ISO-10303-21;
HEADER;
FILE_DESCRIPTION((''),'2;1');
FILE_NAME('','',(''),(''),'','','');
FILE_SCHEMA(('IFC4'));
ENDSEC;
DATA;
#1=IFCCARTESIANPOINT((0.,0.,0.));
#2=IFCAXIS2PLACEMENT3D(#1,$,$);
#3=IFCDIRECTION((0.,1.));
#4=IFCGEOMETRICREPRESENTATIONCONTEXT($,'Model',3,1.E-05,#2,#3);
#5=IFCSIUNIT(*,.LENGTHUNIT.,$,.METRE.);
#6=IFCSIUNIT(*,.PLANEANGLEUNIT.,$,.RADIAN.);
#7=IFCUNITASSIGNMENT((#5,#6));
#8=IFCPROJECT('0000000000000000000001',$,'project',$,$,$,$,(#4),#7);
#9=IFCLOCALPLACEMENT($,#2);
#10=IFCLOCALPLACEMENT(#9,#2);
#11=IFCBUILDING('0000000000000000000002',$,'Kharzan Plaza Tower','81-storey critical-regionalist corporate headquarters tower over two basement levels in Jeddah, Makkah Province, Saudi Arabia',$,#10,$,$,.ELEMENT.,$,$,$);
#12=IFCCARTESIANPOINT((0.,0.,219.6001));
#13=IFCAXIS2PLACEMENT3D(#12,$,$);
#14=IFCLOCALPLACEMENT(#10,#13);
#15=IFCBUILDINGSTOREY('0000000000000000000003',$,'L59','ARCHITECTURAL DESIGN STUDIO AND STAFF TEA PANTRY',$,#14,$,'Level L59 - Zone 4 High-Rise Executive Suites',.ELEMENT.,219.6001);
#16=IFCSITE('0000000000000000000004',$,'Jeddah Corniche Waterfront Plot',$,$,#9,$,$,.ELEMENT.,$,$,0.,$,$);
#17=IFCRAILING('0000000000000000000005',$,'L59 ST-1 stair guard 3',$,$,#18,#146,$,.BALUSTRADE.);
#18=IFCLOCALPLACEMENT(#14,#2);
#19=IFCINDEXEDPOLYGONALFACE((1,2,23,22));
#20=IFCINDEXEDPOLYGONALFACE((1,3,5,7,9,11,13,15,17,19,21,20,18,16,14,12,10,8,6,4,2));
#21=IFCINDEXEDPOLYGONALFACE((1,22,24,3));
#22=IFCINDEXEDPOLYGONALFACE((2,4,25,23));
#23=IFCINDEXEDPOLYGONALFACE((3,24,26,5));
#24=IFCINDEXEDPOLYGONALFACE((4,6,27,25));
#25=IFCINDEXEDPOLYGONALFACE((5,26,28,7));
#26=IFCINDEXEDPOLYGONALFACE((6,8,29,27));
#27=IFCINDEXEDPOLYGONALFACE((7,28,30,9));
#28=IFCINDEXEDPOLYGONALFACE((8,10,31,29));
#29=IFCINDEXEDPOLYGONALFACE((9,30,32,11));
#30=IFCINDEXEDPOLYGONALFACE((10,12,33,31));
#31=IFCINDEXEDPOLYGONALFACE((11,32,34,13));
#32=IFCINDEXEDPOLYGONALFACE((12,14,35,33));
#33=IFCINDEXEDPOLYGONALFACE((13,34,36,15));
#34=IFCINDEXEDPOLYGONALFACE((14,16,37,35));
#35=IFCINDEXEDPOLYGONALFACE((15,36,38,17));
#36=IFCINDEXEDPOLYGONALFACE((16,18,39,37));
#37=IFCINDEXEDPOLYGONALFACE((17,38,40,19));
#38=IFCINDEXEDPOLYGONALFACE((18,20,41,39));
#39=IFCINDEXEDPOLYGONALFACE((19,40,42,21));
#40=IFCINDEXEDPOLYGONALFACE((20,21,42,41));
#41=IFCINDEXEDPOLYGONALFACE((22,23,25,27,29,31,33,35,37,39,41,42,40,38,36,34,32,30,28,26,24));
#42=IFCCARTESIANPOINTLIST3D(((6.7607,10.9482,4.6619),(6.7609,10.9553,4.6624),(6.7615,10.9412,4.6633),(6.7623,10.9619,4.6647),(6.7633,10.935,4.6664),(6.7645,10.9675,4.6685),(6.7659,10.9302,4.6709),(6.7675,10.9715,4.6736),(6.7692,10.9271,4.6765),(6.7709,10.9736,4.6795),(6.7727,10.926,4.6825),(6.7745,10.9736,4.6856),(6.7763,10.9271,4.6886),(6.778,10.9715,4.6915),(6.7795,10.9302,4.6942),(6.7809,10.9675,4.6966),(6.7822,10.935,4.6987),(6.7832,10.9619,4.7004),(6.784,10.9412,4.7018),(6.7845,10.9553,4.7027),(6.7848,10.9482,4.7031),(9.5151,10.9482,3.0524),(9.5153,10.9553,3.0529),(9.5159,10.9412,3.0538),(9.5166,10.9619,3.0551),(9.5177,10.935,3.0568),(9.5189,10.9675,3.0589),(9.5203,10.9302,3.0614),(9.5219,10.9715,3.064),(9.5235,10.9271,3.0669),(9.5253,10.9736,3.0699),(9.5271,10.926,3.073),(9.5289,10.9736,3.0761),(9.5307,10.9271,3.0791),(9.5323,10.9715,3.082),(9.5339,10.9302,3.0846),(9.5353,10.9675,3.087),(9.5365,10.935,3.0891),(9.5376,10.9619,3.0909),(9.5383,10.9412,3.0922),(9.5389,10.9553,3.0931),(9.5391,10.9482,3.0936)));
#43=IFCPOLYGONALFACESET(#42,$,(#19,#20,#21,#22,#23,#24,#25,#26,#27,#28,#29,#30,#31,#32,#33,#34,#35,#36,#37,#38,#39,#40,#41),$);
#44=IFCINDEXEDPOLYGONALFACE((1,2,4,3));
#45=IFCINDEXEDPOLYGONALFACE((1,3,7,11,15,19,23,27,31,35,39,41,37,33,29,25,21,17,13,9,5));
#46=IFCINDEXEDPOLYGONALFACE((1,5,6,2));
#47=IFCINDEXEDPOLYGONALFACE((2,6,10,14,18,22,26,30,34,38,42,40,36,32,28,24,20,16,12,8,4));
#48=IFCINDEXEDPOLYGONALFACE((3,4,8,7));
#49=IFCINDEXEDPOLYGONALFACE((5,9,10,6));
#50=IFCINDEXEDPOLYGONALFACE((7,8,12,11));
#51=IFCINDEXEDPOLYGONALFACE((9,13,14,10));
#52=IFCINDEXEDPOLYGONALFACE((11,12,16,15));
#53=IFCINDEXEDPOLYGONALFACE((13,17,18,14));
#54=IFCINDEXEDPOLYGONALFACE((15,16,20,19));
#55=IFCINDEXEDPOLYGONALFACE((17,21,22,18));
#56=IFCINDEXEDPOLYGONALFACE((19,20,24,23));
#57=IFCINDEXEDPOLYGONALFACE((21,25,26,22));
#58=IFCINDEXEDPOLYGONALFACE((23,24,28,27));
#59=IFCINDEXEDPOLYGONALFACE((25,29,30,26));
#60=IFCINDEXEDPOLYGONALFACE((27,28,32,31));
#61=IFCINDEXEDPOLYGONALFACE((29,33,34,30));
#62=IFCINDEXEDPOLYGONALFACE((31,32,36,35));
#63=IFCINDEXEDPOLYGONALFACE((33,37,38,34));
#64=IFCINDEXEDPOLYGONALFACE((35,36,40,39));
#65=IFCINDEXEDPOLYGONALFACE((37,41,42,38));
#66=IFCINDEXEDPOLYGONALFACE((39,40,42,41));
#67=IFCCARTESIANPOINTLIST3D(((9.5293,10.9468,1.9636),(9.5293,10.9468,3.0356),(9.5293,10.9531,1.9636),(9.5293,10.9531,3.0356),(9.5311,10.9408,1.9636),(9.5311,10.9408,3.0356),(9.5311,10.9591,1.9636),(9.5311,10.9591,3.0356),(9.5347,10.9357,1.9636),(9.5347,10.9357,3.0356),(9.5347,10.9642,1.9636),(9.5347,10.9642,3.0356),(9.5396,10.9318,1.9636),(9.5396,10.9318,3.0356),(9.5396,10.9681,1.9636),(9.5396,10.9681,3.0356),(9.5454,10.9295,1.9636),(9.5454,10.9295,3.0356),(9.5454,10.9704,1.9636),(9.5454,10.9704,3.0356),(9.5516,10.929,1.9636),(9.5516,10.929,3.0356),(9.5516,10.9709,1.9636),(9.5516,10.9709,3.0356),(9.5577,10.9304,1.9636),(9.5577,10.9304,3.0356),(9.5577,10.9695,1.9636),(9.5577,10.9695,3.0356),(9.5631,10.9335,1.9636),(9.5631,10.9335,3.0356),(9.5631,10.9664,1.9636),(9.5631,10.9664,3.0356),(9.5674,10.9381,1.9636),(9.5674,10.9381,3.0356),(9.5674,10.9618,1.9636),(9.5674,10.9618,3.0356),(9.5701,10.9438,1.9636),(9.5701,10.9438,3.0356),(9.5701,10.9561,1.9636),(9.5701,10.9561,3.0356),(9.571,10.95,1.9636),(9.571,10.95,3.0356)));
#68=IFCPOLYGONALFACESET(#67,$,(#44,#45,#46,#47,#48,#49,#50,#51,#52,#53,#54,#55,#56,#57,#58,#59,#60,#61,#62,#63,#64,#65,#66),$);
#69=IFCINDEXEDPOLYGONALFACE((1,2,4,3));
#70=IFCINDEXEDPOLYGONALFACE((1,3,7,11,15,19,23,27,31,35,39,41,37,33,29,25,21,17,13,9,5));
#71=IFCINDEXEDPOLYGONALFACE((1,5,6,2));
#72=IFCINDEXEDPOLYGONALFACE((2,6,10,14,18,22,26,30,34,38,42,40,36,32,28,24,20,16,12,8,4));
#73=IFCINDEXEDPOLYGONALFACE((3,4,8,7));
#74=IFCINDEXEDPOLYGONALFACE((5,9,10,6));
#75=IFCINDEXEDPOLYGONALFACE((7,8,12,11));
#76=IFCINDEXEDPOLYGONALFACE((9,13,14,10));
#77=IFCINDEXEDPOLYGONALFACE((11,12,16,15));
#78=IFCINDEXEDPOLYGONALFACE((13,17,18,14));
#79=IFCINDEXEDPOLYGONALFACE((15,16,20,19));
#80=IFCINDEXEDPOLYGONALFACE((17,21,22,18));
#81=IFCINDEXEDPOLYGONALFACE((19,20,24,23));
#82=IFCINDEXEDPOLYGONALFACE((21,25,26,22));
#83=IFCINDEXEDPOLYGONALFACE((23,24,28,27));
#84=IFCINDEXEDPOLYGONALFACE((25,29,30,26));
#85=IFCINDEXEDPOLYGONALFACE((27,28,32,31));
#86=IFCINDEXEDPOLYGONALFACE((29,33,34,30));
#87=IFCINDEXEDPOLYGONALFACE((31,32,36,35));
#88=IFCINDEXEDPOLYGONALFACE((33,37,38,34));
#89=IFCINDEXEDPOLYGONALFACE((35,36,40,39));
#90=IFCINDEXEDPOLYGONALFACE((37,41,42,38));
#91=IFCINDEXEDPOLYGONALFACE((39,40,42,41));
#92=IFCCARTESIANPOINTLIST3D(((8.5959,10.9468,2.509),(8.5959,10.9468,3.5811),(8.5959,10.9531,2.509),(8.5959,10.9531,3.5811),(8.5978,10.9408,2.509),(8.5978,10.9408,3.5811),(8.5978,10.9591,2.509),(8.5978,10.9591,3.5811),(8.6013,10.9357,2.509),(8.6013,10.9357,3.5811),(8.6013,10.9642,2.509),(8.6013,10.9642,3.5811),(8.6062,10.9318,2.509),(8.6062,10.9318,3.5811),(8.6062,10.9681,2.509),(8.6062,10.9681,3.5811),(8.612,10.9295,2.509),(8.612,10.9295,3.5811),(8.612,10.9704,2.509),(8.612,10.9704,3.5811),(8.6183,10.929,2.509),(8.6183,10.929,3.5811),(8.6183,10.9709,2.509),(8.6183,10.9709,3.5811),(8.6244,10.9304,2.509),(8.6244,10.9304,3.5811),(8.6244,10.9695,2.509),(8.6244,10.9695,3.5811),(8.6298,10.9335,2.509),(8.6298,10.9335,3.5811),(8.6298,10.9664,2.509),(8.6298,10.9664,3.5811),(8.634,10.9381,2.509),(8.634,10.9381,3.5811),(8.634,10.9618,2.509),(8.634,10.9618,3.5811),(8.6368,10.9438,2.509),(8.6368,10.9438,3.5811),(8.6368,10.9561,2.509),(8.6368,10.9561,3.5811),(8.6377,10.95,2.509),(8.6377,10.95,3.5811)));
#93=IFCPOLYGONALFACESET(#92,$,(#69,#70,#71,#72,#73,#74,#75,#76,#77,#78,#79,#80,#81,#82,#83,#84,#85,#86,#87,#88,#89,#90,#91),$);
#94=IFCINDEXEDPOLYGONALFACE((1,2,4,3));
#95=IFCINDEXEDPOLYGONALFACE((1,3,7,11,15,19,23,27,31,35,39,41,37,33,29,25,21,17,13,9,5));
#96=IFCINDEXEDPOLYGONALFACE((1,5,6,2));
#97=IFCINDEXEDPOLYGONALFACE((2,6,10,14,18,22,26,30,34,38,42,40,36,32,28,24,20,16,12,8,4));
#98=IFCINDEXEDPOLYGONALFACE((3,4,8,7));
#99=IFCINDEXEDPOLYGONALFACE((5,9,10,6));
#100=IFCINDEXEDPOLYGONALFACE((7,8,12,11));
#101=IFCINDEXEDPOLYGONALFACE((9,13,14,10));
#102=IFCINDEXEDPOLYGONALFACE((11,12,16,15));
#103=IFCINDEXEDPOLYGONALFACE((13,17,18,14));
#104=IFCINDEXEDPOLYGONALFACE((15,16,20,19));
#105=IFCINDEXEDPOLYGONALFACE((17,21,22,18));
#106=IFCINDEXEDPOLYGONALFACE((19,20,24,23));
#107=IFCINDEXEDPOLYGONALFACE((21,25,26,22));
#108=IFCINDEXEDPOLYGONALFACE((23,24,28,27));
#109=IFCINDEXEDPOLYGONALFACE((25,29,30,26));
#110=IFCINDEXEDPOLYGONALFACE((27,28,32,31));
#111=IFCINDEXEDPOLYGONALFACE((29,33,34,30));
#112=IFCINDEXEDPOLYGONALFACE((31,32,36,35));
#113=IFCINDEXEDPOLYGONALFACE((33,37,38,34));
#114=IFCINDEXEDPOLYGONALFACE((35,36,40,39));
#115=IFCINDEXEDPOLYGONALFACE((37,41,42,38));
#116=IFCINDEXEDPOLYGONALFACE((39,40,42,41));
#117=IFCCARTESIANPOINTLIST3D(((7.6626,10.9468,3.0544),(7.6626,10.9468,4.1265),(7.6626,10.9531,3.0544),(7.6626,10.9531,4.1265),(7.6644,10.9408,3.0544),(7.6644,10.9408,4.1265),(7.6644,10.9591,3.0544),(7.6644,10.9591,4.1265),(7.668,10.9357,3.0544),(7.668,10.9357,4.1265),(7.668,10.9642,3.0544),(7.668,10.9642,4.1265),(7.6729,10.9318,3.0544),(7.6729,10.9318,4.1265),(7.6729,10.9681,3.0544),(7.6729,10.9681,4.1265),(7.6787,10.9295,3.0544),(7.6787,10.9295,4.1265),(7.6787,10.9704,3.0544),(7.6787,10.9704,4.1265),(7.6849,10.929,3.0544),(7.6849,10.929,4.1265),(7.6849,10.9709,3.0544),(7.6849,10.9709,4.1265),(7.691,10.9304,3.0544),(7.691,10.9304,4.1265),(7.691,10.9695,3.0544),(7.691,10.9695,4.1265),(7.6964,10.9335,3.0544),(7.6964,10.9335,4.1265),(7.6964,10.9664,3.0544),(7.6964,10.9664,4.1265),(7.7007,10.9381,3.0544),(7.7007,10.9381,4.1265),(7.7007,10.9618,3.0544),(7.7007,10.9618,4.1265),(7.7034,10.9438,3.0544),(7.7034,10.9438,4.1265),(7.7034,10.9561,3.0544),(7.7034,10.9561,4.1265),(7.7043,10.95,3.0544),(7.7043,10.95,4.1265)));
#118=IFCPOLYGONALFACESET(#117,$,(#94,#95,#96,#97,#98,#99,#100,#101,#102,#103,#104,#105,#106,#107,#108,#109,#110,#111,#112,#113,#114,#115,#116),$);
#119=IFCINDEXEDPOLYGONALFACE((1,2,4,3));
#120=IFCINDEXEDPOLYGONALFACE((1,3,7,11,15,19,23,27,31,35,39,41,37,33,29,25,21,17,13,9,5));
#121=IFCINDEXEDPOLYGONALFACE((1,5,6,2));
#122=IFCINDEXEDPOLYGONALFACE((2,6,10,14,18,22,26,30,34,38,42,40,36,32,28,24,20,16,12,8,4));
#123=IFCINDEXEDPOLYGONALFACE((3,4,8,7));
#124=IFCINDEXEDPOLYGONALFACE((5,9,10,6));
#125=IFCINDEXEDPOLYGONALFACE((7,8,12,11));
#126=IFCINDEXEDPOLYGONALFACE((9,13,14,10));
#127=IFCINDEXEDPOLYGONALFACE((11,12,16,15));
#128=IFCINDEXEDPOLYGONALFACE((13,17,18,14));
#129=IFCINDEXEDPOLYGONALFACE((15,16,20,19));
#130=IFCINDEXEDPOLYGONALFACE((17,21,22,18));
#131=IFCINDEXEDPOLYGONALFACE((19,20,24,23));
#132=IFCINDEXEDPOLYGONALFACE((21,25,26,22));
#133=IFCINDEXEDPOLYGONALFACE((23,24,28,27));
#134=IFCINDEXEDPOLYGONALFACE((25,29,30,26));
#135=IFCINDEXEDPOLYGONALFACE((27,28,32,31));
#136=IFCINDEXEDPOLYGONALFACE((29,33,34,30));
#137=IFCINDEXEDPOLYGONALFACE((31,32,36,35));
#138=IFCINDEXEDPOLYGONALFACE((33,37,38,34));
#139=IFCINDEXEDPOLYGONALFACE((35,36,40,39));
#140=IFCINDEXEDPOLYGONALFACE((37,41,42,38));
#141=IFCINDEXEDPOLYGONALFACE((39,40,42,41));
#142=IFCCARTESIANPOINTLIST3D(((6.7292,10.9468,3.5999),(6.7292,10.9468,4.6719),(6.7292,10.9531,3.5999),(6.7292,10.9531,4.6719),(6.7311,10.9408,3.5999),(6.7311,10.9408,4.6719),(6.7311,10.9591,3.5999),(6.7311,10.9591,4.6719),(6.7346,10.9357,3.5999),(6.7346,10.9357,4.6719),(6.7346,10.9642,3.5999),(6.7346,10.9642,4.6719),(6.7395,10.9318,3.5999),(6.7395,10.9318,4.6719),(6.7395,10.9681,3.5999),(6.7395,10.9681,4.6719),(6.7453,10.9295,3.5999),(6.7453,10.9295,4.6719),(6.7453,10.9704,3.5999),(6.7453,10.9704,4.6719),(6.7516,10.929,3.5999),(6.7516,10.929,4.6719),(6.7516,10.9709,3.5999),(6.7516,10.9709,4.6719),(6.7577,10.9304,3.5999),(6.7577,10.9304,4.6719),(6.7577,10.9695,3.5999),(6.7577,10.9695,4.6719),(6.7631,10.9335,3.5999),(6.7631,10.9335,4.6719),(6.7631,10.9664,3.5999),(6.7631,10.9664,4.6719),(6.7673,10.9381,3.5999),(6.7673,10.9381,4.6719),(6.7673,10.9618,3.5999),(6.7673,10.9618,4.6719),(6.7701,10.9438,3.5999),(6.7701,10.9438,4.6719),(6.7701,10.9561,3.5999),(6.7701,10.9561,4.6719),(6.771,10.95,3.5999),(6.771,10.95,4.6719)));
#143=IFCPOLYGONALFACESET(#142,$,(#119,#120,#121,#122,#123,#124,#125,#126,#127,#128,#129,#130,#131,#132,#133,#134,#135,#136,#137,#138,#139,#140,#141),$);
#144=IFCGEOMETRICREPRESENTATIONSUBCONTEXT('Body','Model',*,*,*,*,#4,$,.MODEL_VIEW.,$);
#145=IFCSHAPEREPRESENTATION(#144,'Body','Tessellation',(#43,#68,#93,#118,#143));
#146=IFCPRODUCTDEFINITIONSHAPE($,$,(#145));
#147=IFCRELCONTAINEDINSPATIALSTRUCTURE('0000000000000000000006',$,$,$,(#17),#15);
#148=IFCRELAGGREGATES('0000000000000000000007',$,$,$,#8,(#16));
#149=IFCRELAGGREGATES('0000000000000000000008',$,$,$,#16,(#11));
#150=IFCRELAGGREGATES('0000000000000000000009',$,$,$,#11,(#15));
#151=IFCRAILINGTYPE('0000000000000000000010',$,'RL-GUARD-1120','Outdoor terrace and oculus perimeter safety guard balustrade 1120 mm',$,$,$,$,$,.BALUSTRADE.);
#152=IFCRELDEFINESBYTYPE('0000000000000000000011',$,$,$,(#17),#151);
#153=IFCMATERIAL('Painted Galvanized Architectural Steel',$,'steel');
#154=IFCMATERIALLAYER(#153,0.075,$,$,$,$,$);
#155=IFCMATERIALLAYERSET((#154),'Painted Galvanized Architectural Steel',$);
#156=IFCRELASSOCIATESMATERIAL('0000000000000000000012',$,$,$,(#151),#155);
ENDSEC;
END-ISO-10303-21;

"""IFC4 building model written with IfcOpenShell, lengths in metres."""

from ifc_helpers import new_model, si_unit, direction, frame, origin, origin_2d, place, context, subcontext, project, spatial, circle, extrude, source, transform, mapped, material, layer, layer_set, type_object, element, save


model = new_model("IFC4")

# Units and contexts
model_context = context("Model", 3, precision=1e-05, world=origin(), true_north=direction((0.0, 1.0)))
body_context = subcontext(model_context, "Body", "Model", "MODEL_VIEW")
ifc_project = project(units=[si_unit("LENGTHUNIT", "METRE"), si_unit("PLANEANGLEUNIT", "RADIAN")], contexts=[model_context])

# Site, building, storey
site_placement = place(None, origin())
site = spatial("IfcSite", under=ifc_project, at=site_placement, Name="Jeddah Corniche Waterfront Plot", CompositionType="ELEMENT", RefElevation=0.0)
building_placement = place(site_placement, origin())
building = spatial("IfcBuilding", under=site, at=building_placement, Name="Kharzan Plaza Tower", Description="81-storey critical-regionalist corporate headquarters tower over two basement levels in Jeddah, Makkah Province, Saudi Arabia", CompositionType="ELEMENT")
storey_placement = place(building_placement, frame((0.0, 0.0, 219.6001)))
storey = spatial("IfcBuildingStorey", under=building, at=storey_placement, Name="L59", Description="ARCHITECTURAL DESIGN STUDIO AND STAFF TEA PANTRY", LongName="Level L59 - Zone 4 High-Rise Executive Suites", CompositionType="ELEMENT", Elevation=219.6001)

# Railing
ifc_material_1 = material(Name="Painted Galvanized Architectural Steel", Category="steel")
ifc_layer_1 = layer(ifc_material_1, 0.075)
ifc_layer_set_1 = layer_set([ifc_layer_1], Name="Painted Galvanized Architectural Steel")
railing_type_1 = type_object("IfcRailingType", Name="RL-GUARD-1120", Description="Outdoor terrace and oculus perimeter safety guard balustrade 1120 mm", PredefinedType="BALUSTRADE", material=ifc_layer_set_1)
shared_shape_1 = source(origin(), body_context, "Body", "SweptSolid", [
    extrude(circle(Radius=0.0239, at=origin_2d()), frame((-0.0229, 0.0, 1.1094), z_axis=(-0.863394, 0.0, 0.504531), x_axis=(0.0, -1.0, 0.0)), (0.0, 0.0, 1.0), 3.1902),
    extrude(circle(Radius=0.021, at=origin_2d()), origin(), (0.0, 0.0, 1.0), 1.072),
    extrude(circle(Radius=0.021, at=origin_2d()), frame((-0.9333, 0.0, 0.5454)), (0.0, 0.0, 1.0), 1.072),
    extrude(circle(Radius=0.021, at=origin_2d()), frame((-1.8667, 0.0, 1.0908)), (0.0, 0.0, 1.0), 1.072),
    extrude(circle(Radius=0.021, at=origin_2d()), frame((-2.8, 0.0, 1.6362)), (0.0, 0.0, 1.0), 1.072),
])
railing_1_placement = place(storey_placement, frame((9.55, 10.95, 1.9636)))
element("IfcRailing", 1, at=railing_1_placement, inside=storey, type_object=railing_type_1, Name="L59 ST-1 stair guard 3", PredefinedType="BALUSTRADE", context=body_context, shape_type="MappedRepresentation", body=[
    mapped(shared_shape_1, transform((0.0, 0.0, 0.0), x_axis=(1.0, 0.0, 0.0), y_axis=(0.0, 1.0, 0.0), z_axis=(0.0, 0.0, 1.0))),
])

save(model, "model.ifc")
